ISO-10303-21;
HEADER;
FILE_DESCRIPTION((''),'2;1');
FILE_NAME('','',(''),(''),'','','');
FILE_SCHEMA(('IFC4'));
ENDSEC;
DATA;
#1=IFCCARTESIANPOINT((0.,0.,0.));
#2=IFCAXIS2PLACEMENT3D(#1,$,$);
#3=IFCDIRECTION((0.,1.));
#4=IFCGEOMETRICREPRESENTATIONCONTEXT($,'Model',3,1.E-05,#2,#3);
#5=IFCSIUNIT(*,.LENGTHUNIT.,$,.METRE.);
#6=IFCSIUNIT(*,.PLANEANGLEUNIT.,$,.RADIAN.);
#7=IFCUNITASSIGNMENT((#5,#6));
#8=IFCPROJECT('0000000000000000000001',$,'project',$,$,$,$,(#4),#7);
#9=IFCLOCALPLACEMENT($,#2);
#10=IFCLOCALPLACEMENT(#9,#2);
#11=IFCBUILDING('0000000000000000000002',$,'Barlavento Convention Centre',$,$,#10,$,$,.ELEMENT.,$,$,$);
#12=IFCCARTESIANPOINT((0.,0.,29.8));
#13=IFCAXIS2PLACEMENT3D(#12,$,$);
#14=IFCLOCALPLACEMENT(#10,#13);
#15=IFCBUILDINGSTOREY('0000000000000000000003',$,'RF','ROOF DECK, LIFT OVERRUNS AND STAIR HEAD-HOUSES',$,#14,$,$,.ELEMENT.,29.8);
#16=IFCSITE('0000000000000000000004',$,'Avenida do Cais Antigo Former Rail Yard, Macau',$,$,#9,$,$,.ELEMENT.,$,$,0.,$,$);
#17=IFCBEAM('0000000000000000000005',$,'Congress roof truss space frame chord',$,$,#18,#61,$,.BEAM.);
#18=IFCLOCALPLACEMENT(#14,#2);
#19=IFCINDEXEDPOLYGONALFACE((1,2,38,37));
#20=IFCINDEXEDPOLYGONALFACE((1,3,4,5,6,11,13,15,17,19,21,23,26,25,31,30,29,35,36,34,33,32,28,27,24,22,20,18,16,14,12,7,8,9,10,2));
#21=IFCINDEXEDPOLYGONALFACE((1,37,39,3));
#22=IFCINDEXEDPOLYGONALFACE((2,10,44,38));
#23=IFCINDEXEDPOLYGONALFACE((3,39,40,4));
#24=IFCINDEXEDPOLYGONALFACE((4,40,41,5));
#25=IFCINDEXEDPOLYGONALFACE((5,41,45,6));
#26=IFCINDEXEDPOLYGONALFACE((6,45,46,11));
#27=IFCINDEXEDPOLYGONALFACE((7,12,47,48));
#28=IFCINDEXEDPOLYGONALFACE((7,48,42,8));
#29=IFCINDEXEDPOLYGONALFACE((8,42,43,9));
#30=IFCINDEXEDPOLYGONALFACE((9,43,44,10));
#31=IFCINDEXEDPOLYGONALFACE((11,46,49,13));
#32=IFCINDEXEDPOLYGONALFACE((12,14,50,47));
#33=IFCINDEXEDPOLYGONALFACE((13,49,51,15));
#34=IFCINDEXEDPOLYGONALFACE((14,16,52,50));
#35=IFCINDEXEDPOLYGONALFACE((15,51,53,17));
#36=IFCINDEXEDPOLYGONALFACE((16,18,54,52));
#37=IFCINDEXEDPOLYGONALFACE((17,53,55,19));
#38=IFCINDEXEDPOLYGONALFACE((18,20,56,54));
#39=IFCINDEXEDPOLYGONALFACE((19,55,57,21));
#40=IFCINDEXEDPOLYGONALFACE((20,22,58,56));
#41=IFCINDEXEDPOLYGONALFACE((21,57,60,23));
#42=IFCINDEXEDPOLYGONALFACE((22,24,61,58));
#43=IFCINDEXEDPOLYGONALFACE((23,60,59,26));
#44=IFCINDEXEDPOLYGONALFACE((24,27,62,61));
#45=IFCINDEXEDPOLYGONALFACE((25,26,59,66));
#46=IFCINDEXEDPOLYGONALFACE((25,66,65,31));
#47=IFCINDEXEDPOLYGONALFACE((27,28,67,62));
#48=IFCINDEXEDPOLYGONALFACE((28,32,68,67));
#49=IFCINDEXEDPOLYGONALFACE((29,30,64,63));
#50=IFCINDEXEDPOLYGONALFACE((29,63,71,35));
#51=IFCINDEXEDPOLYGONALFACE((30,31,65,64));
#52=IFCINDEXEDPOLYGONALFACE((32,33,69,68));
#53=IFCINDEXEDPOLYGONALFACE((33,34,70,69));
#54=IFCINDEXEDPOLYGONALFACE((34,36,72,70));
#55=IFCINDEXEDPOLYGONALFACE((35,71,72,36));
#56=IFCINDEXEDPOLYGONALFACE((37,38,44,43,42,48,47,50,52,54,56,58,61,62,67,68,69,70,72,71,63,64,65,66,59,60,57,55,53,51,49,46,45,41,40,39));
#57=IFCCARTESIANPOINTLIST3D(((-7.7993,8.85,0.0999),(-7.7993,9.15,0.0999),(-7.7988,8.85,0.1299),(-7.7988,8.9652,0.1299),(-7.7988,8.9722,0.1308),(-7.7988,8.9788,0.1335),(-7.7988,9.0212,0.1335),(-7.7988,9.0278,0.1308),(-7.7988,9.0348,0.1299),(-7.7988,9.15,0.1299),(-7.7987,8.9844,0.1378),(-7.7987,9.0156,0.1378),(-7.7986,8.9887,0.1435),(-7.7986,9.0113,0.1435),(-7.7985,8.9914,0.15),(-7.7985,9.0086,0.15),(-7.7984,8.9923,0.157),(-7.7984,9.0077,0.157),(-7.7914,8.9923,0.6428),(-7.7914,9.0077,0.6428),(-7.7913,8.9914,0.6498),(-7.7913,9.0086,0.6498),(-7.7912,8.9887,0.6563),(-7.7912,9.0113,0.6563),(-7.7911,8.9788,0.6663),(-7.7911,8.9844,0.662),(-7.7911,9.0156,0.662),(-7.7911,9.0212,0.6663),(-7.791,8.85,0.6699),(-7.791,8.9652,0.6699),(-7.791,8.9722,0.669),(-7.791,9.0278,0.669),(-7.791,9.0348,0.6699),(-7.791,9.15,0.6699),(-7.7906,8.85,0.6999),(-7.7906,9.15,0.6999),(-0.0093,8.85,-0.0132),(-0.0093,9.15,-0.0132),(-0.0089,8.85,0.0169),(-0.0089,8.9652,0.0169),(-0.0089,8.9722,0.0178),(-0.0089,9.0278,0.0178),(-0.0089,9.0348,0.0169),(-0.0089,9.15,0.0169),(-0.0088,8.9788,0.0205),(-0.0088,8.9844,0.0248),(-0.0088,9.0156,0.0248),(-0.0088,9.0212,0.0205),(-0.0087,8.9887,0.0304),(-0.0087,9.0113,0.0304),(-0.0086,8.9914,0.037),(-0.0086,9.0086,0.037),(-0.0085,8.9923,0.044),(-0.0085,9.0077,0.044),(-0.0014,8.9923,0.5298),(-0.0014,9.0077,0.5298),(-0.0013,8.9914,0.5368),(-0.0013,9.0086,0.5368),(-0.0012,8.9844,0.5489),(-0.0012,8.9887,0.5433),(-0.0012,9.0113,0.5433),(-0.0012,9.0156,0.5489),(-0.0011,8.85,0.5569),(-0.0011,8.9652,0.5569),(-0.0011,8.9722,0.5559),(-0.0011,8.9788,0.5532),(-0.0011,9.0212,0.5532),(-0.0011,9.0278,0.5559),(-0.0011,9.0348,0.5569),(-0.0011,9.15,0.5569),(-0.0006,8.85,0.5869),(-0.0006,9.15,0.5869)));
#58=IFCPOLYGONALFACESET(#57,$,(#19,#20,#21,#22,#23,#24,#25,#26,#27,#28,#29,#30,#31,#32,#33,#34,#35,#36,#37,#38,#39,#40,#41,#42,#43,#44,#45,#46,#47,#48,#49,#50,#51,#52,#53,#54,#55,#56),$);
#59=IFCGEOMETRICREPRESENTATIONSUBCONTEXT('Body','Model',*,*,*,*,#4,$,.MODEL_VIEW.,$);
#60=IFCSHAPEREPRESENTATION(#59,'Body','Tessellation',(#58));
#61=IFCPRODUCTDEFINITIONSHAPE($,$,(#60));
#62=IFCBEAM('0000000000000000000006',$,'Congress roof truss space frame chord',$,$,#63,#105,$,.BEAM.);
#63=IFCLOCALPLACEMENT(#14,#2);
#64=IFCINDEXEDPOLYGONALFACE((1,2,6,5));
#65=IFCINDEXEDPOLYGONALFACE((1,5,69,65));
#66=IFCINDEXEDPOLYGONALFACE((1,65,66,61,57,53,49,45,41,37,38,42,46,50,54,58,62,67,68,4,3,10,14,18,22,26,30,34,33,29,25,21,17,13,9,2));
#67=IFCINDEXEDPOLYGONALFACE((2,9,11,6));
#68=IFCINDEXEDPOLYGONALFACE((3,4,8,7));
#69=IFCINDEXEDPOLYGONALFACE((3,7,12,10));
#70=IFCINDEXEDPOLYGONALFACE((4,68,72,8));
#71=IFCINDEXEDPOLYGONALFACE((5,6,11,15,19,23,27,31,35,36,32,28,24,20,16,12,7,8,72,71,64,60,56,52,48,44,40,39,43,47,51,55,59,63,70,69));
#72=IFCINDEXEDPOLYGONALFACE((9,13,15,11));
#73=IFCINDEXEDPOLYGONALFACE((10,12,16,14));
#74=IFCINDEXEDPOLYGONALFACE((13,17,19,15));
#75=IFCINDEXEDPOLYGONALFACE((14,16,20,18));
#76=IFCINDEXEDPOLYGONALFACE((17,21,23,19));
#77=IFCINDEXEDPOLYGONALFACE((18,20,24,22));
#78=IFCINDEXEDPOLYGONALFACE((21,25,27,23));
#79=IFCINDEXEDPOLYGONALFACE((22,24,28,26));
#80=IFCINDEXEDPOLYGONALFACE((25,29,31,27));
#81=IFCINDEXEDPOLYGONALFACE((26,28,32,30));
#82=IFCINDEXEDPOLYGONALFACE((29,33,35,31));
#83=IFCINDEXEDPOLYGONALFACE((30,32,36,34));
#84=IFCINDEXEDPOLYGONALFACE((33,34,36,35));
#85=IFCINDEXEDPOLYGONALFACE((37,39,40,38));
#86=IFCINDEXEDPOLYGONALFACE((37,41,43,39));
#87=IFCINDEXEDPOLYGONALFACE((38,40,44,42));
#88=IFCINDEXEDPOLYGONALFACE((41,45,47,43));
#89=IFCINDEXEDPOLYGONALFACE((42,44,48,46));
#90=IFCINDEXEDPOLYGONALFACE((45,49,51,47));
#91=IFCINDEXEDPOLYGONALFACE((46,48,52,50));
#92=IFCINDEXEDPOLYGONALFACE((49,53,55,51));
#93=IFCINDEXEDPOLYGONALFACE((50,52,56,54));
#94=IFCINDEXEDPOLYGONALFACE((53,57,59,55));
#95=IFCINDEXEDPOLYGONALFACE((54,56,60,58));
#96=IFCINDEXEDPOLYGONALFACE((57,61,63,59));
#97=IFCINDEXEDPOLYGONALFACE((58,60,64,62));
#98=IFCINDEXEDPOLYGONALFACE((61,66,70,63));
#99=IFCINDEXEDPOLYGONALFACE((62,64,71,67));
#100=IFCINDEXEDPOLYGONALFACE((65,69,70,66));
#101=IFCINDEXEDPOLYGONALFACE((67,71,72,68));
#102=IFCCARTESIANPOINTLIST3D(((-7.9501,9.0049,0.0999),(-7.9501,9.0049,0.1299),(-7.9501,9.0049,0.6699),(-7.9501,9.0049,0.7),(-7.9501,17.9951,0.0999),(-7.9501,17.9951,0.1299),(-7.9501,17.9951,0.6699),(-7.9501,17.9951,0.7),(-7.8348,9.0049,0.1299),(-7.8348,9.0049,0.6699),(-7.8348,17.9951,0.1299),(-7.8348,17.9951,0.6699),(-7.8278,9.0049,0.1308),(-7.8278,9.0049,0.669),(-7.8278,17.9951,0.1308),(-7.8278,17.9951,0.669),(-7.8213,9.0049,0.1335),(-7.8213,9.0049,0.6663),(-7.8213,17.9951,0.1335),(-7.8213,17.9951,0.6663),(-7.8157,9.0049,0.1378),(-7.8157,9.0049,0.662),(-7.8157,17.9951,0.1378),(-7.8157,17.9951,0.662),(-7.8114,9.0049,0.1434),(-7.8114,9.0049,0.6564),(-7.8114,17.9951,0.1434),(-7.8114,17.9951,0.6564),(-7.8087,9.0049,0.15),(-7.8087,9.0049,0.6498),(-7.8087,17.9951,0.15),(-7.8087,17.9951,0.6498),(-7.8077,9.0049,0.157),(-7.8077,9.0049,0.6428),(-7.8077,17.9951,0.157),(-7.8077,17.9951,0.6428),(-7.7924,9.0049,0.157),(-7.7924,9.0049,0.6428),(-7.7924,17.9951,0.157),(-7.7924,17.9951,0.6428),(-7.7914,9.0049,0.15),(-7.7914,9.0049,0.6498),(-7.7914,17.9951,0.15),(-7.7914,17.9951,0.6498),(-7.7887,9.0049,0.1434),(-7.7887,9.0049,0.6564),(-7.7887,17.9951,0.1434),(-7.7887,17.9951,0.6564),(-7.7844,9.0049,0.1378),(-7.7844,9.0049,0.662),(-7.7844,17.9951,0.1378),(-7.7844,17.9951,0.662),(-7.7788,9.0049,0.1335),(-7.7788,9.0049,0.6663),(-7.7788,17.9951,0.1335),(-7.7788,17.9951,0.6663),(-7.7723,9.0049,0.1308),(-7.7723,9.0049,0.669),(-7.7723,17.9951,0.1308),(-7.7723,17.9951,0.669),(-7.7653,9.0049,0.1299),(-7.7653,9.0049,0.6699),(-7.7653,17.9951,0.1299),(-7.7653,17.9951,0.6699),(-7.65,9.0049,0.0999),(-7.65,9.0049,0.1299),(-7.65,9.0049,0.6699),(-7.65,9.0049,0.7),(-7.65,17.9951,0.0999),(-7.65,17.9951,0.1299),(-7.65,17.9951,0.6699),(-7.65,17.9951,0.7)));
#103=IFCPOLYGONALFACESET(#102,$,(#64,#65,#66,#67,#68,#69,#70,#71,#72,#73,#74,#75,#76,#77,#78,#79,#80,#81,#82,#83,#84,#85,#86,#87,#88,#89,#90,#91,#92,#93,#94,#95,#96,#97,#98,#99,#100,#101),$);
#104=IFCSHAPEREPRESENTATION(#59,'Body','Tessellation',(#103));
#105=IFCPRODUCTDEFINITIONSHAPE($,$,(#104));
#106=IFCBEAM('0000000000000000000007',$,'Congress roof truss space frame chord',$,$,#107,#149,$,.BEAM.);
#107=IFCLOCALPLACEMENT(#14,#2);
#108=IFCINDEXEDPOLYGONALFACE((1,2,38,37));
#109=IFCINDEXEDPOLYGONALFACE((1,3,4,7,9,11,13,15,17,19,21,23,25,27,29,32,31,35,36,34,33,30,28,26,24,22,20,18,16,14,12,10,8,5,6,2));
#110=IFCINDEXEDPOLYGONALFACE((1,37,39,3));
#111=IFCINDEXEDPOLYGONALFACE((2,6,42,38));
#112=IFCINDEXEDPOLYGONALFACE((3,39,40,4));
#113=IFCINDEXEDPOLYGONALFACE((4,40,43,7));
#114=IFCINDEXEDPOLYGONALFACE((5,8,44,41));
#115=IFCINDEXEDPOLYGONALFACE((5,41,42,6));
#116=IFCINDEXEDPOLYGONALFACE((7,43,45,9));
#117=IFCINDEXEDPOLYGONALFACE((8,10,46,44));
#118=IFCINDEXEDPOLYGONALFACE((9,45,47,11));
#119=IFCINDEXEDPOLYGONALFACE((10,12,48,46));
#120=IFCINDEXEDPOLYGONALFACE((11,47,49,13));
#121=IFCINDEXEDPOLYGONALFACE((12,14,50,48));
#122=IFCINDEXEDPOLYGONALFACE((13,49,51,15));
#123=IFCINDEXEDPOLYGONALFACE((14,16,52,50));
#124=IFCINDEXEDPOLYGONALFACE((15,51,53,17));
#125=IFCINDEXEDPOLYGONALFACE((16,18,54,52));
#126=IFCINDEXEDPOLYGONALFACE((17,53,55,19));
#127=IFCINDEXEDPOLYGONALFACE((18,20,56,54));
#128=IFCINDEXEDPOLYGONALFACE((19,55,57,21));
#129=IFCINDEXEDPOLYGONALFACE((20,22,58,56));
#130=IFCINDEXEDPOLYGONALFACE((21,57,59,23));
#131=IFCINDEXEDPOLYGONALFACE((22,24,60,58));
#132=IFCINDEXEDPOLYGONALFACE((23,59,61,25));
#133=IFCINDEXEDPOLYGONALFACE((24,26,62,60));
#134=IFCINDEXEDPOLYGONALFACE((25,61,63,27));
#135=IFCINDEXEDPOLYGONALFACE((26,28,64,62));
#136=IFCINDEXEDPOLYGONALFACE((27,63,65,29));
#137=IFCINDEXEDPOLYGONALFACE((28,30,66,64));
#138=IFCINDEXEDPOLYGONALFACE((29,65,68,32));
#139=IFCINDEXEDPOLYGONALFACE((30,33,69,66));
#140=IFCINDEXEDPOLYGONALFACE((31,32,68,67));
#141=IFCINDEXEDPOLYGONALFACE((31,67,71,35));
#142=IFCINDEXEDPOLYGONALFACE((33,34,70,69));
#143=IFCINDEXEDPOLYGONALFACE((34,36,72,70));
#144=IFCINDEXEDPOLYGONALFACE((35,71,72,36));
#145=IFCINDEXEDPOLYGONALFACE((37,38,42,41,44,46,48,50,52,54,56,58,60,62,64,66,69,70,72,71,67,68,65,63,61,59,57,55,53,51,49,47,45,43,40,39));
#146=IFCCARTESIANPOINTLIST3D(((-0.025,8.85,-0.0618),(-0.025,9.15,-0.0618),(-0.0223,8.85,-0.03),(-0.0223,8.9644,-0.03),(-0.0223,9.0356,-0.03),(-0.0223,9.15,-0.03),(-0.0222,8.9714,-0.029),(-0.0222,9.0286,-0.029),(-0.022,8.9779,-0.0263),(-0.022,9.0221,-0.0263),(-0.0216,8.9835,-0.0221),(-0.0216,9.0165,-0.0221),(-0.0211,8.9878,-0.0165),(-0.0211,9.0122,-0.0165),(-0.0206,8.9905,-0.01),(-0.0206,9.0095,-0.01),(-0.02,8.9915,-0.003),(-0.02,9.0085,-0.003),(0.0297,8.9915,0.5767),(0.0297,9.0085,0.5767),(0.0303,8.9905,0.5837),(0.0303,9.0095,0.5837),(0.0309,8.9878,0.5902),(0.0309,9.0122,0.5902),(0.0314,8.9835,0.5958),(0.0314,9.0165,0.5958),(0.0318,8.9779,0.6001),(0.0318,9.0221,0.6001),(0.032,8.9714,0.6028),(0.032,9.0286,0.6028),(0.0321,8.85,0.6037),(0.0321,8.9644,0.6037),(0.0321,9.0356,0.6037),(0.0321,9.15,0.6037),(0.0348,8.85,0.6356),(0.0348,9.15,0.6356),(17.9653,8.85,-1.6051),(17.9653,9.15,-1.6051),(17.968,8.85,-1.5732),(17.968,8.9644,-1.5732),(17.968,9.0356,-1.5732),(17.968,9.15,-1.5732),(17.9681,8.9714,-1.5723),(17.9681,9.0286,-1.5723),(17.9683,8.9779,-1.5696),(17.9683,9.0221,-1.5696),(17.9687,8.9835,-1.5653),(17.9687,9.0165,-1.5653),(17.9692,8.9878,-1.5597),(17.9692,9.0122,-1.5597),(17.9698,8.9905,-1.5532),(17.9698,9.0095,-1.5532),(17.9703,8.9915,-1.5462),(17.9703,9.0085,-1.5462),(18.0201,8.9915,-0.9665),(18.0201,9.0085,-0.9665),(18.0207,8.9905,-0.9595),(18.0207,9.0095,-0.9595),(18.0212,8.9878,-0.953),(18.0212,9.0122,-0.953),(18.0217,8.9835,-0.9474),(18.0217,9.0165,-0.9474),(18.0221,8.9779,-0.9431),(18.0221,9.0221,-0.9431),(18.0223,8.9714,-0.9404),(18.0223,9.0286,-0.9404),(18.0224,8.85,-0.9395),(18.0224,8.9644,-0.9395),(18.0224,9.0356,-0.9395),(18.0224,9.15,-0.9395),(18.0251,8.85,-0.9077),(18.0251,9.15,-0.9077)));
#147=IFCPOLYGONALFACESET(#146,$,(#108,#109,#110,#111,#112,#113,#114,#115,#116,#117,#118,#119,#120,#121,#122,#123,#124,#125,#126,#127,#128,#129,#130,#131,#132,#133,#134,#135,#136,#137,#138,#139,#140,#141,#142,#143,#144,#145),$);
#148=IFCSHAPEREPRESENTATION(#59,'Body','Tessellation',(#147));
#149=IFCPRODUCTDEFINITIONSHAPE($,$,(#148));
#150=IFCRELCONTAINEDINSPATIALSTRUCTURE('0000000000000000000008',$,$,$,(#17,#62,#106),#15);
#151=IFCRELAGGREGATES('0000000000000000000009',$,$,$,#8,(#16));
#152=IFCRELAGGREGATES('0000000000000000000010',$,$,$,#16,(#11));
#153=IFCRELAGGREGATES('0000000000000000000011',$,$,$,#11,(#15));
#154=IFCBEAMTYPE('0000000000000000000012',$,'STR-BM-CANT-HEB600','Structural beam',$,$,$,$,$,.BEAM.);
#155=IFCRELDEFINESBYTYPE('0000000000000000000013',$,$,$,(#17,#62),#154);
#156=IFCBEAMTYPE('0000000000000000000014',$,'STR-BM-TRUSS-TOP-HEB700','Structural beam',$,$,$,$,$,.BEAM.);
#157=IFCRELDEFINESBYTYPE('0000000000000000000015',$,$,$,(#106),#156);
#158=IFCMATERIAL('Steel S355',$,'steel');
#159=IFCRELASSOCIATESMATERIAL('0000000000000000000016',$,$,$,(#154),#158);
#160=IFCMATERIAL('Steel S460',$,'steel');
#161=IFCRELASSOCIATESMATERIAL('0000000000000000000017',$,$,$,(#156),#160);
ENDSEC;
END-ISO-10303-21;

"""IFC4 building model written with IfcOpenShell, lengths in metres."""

from ifc_helpers import new_model, si_unit, direction, frame, origin, origin_2d, place, context, subcontext, project, spatial, i_section, extrude, material, material_profile, profile_set, type_object, element, save


model = new_model("IFC4")

# Units and contexts
model_context = context("Model", 3, precision=1e-05, world=origin(), true_north=direction((0.0, 1.0)))
body_context = subcontext(model_context, "Body", "Model", "MODEL_VIEW")
ifc_project = project(units=[si_unit("LENGTHUNIT", "METRE"), si_unit("PLANEANGLEUNIT", "RADIAN")], contexts=[model_context])

# Site, building, storey
site_placement = place(None, origin())
site = spatial("IfcSite", under=ifc_project, at=site_placement, Name="Avenida do Cais Antigo Former Rail Yard, Macau", CompositionType="ELEMENT", RefElevation=0.0)
building_placement = place(site_placement, origin())
building = spatial("IfcBuilding", under=site, at=building_placement, Name="Barlavento Convention Centre", CompositionType="ELEMENT")
storey_placement = place(building_placement, frame((0.0, 0.0, 29.8)))
storey = spatial("IfcBuildingStorey", under=building, at=storey_placement, Name="RF", Description="ROOF DECK, LIFT OVERRUNS AND STAIR HEAD-HOUSES", CompositionType="ELEMENT", Elevation=29.8)

# Beams
ifc_material_1 = material(Name="Steel S355", Category="steel")
ifc_material_profile_1 = material_profile(ifc_material_1, i_section(OverallWidth=0.3, OverallDepth=0.6001, WebThickness=0.0154, FlangeThickness=0.03, FilletRadius=0.0271, at=origin_2d()), Name="HEB 600")
ifc_profile_set_1 = profile_set([ifc_material_profile_1], Name="Steel S355")
beam_type_1 = type_object("IfcBeamType", Name="STR-BM-CANT-HEB600", Description="Structural beam", PredefinedType="BEAM", material=ifc_profile_set_1)
beam_1_placement = place(storey_placement, frame((-7.7949, 9.0, 0.3999), z_axis=(0.999895, 0.0, -0.014509), x_axis=(0.0, 1.0, 0.0)))
element("IfcBeam", 1, at=beam_1_placement, inside=storey, type_object=beam_type_1, Name="Congress roof truss space frame chord", PredefinedType="BEAM", context=body_context, shape_type="SweptSolid", body=[
    extrude(i_section(OverallWidth=0.3, OverallDepth=0.6001, WebThickness=0.0154, FlangeThickness=0.03, FilletRadius=0.0271, at=origin_2d()), origin(), (0.0, 0.0, 1.0), 7.7908),
])
beam_2_placement = place(storey_placement, frame((-7.8, 9.0049, 0.3999), z_axis=(0.0, 1.0, 0.0), x_axis=(-1.0, 0.0, 0.0)))
element("IfcBeam", 2, at=beam_2_placement, inside=storey, type_object=beam_type_1, Name="Congress roof truss space frame chord", PredefinedType="BEAM", context=body_context, shape_type="SweptSolid", body=[
    extrude(i_section(OverallWidth=0.3, OverallDepth=0.6001, WebThickness=0.0154, FlangeThickness=0.03, FilletRadius=0.0271, at=origin_2d()), origin(), (0.0, 0.0, 1.0), 8.9902),
])
ifc_material_2 = material(Name="Steel S460", Category="steel")
ifc_material_profile_2 = material_profile(ifc_material_2, i_section(OverallWidth=0.3, OverallDepth=0.7, WebThickness=0.0171, FlangeThickness=0.032, FilletRadius=0.0271, at=origin_2d()), Name="HEB 700")
ifc_profile_set_2 = profile_set([ifc_material_profile_2], Name="Steel S460")
beam_type_2 = type_object("IfcBeamType", Name="STR-BM-TRUSS-TOP-HEB700", Description="Structural beam", PredefinedType="BEAM", material=ifc_profile_set_2)
beam_3_placement = place(storey_placement, frame((0.0049, 9.0, 0.2869), z_axis=(0.996341, 0.0, -0.085467), x_axis=(0.0, 1.0, 0.0)))
element("IfcBeam", 3, at=beam_3_placement, inside=storey, type_object=beam_type_2, Name="Congress roof truss space frame chord", PredefinedType="BEAM", context=body_context, shape_type="SweptSolid", body=[
    extrude(i_section(OverallWidth=0.3, OverallDepth=0.7, WebThickness=0.0171, FlangeThickness=0.032, FilletRadius=0.0271, at=origin_2d()), origin(), (0.0, 0.0, 1.0), 18.0564),
])

save(model, "model.ifc")
